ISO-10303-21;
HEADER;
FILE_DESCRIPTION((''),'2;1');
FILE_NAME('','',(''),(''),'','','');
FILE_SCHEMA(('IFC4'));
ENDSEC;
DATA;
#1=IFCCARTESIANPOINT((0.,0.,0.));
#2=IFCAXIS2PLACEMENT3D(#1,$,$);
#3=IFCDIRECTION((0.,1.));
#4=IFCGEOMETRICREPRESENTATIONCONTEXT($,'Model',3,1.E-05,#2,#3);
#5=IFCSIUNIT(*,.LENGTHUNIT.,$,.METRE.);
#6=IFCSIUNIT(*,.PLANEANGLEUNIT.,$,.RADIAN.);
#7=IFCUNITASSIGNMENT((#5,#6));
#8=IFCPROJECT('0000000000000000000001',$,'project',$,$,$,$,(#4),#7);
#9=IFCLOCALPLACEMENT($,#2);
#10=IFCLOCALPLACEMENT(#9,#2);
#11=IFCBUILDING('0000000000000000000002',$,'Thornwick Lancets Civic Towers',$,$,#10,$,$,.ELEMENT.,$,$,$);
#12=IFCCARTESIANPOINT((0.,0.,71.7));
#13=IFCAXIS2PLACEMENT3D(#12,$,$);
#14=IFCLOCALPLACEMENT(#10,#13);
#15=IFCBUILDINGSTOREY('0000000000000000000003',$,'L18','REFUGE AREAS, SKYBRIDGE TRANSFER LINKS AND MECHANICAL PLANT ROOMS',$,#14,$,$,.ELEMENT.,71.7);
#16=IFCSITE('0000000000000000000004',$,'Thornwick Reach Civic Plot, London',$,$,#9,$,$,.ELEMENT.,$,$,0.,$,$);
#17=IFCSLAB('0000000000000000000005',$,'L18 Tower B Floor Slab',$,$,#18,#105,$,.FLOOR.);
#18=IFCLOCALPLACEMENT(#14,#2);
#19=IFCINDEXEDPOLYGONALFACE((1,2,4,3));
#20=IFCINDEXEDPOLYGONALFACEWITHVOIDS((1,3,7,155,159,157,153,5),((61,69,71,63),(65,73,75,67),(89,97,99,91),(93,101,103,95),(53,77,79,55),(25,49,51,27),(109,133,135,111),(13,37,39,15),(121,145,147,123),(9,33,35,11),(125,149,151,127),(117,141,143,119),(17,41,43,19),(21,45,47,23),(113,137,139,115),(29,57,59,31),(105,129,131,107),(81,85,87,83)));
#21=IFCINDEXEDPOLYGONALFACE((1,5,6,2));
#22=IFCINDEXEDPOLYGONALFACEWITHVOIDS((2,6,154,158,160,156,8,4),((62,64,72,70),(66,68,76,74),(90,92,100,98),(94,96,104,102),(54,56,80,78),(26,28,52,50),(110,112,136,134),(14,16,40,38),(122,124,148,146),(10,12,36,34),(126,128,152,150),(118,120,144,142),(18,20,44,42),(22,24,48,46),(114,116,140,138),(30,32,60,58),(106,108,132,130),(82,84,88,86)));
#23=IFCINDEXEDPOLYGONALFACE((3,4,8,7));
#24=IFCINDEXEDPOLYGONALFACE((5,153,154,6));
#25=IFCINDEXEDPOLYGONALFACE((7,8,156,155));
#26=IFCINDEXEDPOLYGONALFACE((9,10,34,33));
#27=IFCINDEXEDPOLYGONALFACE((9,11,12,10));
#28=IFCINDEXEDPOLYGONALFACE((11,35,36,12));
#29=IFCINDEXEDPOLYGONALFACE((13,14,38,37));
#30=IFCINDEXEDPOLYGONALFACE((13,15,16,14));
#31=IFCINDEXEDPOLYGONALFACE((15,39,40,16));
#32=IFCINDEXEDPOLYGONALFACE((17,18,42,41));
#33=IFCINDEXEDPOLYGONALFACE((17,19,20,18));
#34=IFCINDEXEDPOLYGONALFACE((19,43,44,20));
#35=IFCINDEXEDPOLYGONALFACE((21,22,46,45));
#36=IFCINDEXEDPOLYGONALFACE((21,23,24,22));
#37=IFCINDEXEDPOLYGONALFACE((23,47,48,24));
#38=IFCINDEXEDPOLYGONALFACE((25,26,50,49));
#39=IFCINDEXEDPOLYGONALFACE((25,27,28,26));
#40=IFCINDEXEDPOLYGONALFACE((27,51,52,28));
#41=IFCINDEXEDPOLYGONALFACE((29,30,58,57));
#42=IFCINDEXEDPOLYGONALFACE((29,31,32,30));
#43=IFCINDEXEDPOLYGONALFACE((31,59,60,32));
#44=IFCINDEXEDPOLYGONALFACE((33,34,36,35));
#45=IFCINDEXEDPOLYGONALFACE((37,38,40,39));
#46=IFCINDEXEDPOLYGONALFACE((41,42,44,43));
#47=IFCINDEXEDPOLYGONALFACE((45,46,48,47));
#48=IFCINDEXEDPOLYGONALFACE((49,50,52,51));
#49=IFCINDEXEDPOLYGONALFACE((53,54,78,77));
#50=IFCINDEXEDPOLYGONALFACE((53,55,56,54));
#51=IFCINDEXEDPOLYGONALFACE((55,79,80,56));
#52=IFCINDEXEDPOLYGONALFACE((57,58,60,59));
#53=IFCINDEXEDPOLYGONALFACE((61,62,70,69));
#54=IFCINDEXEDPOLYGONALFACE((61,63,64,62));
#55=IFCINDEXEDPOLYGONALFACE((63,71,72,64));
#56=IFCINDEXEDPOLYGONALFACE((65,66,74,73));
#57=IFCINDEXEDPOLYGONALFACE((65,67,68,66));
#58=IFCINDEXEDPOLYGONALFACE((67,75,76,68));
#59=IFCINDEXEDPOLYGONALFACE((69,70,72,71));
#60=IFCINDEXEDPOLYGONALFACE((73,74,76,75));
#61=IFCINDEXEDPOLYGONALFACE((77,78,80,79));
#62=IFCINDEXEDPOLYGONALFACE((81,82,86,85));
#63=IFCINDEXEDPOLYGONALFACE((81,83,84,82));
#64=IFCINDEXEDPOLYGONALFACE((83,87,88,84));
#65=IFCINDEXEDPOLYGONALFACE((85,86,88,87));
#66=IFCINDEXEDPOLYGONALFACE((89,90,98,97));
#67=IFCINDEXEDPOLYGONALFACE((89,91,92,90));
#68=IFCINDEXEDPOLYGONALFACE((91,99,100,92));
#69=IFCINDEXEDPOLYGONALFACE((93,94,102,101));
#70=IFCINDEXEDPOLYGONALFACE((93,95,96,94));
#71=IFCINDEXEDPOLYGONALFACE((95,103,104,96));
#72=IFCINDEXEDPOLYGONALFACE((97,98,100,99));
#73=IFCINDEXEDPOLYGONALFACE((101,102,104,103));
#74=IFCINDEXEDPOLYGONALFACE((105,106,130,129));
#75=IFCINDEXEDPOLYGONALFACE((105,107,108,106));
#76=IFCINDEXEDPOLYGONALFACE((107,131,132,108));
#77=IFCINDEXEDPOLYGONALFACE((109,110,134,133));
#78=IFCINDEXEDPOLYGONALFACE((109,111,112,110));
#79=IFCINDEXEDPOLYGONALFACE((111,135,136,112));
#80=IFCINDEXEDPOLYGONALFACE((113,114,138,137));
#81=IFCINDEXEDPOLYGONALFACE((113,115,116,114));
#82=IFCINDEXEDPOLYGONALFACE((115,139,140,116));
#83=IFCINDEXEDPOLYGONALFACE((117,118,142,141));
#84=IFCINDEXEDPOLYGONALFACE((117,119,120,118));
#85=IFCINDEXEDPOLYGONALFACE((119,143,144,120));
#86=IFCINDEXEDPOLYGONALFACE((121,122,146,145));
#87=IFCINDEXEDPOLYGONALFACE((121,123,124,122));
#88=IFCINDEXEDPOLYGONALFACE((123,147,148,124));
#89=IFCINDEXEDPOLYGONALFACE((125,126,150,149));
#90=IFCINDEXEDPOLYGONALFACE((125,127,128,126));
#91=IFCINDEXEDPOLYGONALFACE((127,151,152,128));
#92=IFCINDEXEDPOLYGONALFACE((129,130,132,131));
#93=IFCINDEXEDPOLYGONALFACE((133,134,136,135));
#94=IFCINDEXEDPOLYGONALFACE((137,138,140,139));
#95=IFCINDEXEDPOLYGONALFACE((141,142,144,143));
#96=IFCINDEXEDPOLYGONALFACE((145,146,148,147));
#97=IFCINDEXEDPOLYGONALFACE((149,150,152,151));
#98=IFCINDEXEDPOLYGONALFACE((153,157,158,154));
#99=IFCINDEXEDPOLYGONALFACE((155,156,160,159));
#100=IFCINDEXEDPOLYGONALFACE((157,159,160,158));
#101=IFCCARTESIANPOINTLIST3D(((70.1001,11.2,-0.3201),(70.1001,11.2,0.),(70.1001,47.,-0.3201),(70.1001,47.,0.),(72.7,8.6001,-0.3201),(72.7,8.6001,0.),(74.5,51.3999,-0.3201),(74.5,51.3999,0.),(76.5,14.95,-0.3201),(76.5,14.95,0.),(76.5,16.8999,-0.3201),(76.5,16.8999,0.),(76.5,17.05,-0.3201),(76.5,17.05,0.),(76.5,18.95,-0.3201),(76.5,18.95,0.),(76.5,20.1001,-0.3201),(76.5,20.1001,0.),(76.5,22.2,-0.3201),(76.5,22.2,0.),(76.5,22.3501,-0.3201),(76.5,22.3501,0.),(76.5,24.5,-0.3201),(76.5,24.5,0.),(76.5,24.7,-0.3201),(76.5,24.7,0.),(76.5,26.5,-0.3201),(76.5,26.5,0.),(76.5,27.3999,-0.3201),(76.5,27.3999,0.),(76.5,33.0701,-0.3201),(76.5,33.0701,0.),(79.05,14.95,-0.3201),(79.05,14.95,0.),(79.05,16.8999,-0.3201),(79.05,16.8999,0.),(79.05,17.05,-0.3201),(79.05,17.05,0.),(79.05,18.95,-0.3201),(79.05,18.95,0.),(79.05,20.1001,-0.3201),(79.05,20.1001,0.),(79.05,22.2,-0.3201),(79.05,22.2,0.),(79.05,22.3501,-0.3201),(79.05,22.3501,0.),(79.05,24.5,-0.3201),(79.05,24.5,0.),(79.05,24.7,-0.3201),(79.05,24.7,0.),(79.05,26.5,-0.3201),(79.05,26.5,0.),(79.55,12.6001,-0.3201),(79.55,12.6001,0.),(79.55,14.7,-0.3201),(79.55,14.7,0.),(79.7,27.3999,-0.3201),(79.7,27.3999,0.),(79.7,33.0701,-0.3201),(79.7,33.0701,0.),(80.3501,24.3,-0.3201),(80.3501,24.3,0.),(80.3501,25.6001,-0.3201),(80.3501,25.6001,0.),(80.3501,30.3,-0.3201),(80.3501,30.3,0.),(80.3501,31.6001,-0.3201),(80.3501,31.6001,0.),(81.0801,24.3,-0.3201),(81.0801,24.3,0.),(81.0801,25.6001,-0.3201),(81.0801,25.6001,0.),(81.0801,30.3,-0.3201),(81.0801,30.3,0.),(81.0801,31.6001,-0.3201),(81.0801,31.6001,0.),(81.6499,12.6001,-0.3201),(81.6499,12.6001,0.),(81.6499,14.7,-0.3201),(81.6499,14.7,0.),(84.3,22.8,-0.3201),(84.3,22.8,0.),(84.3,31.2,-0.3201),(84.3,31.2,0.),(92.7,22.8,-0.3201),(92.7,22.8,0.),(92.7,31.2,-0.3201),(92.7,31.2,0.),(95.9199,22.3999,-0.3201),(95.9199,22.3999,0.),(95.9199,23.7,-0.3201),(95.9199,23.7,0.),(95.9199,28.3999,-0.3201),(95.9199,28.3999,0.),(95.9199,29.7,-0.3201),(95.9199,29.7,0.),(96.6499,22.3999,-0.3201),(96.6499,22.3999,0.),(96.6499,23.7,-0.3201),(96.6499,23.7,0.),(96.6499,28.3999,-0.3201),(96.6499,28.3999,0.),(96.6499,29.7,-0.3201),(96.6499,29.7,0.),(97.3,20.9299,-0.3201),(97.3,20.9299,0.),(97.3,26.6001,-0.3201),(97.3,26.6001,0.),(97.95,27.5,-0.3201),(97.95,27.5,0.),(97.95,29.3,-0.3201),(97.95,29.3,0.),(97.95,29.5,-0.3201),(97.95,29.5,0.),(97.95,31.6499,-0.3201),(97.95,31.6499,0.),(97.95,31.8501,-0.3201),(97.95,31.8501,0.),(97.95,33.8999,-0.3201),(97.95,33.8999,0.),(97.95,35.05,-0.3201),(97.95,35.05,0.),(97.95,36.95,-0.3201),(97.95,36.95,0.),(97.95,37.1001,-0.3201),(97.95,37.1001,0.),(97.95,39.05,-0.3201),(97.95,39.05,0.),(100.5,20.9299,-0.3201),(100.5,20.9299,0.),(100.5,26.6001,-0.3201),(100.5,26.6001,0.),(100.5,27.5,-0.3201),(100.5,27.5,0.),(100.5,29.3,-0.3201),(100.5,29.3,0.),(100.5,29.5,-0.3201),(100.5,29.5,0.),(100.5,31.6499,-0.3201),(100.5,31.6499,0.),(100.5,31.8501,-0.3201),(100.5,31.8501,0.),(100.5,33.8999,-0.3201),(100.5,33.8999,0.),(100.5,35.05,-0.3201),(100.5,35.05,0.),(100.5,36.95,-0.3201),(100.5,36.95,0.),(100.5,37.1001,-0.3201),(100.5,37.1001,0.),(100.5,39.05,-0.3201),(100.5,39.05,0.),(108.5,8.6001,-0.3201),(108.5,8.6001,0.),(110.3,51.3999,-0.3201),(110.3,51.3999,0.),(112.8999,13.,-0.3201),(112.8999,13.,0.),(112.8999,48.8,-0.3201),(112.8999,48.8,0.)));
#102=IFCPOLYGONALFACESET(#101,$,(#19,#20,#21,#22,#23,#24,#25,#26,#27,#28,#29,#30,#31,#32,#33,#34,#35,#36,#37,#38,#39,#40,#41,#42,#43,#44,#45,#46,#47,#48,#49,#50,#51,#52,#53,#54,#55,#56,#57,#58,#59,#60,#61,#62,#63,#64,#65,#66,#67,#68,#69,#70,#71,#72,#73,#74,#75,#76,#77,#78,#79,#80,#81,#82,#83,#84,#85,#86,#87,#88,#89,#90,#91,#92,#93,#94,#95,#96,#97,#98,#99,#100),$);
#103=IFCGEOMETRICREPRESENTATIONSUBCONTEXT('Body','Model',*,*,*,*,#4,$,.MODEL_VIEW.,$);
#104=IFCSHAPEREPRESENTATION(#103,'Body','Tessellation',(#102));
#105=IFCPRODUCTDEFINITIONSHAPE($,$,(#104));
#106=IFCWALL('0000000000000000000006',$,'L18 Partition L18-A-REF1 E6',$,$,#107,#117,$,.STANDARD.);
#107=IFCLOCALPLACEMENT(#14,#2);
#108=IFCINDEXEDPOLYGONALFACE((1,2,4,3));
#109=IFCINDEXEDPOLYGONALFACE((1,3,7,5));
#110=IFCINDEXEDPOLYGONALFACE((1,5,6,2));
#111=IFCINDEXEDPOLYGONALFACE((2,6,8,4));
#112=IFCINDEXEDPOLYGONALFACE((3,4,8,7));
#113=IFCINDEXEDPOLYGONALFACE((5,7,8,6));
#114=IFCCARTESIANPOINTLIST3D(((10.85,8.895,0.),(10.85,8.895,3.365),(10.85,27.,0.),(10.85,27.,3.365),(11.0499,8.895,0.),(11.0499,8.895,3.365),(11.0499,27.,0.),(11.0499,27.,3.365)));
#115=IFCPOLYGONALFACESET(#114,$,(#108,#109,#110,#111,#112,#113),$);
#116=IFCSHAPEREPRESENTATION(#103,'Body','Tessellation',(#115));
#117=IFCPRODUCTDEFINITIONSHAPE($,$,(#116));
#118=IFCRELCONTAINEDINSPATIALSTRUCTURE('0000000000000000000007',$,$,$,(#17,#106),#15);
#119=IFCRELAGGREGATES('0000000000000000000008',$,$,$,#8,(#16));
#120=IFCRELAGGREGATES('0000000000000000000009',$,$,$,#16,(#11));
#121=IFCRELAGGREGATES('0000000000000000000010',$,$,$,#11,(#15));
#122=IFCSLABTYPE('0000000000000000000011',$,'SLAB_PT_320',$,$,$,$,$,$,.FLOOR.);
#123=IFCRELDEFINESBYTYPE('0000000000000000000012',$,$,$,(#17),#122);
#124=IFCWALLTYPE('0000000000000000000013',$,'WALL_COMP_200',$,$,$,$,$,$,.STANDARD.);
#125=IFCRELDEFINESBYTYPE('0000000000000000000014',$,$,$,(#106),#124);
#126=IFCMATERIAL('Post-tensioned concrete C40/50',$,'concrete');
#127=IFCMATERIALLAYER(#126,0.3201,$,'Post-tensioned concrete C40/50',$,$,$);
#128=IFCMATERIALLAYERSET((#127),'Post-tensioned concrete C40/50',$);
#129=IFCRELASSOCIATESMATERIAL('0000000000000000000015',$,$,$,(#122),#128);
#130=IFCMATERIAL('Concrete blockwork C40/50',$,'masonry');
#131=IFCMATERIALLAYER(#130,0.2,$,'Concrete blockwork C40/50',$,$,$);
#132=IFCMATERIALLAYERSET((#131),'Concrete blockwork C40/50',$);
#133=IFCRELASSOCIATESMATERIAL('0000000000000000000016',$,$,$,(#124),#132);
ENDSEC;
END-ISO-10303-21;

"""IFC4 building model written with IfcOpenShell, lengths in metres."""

from ifc_helpers import new_model, si_unit, direction, frame, frame_2d, origin, place, context, subcontext, project, spatial, polyline, rectangle, outline, extrude, material, layer, layer_set, type_object, element, save


model = new_model("IFC4")

# Units and contexts
model_context = context("Model", 3, precision=1e-05, world=origin(), true_north=direction((0.0, 1.0)))
body_context = subcontext(model_context, "Body", "Model", "MODEL_VIEW")
ifc_project = project(units=[si_unit("LENGTHUNIT", "METRE"), si_unit("PLANEANGLEUNIT", "RADIAN")], contexts=[model_context])

# Site, building, storey
site_placement = place(None, origin())
site = spatial("IfcSite", under=ifc_project, at=site_placement, Name="Thornwick Reach Civic Plot, London", CompositionType="ELEMENT", RefElevation=0.0)
building_placement = place(site_placement, origin())
building = spatial("IfcBuilding", under=site, at=building_placement, Name="Thornwick Lancets Civic Towers", CompositionType="ELEMENT")
storey_placement = place(building_placement, frame((0.0, 0.0, 71.7)))
storey = spatial("IfcBuildingStorey", under=building, at=storey_placement, Name="L18", Description="REFUGE AREAS, SKYBRIDGE TRANSFER LINKS AND MECHANICAL PLANT ROOMS", CompositionType="ELEMENT", Elevation=71.7)

# Slab
ifc_material_1 = material(Name="Post-tensioned concrete C40/50", Category="concrete")
ifc_layer_1 = layer(ifc_material_1, 0.3201, Name="Post-tensioned concrete C40/50")
ifc_layer_set_1 = layer_set([ifc_layer_1], Name="Post-tensioned concrete C40/50")
slab_type_1 = type_object("IfcSlabType", Name="SLAB_PT_320", PredefinedType="FLOOR", material=ifc_layer_set_1)
slab_1_placement = place(storey_placement, frame((0.0, 0.0, -0.3201)))
element("IfcSlab", 1, at=slab_1_placement, inside=storey, type_object=slab_type_1, Name="L18 Tower B Floor Slab", PredefinedType="FLOOR", context=body_context, shape_type="SweptSolid", body=[
    extrude(outline(polyline([(72.7, 8.6001), (108.5, 8.6001), (112.8999, 13.0), (112.8999, 48.8), (110.3, 51.3999), (74.5, 51.3999), (70.1001, 47.0), (70.1001, 11.2), (72.7, 8.6001)]), holes=[polyline([(84.3, 22.8), (92.7, 22.8), (92.7, 31.2), (84.3, 31.2), (84.3, 22.8)]), polyline([(100.5, 20.9299), (100.5, 26.6001), (97.3, 26.6001), (97.3, 20.9299), (100.5, 20.9299)]), polyline([(76.5, 33.0701), (76.5, 27.3999), (79.7, 27.3999), (79.7, 33.0701), (76.5, 33.0701)]), polyline([(97.95, 27.5), (100.5, 27.5), (100.5, 29.3), (97.95, 29.3), (97.95, 27.5)]), polyline([(97.95, 29.5), (100.5, 29.5), (100.5, 31.6499), (97.95, 31.6499), (97.95, 29.5)]), polyline([(97.95, 31.8501), (100.5, 31.8501), (100.5, 33.8999), (97.95, 33.8999), (97.95, 31.8501)]), polyline([(97.95, 35.05), (100.5, 35.05), (100.5, 36.95), (97.95, 36.95), (97.95, 35.05)]), polyline([(97.95, 37.1001), (100.5, 37.1001), (100.5, 39.05), (97.95, 39.05), (97.95, 37.1001)]), polyline([(76.5, 24.7), (79.05, 24.7), (79.05, 26.5), (76.5, 26.5), (76.5, 24.7)]), polyline([(76.5, 22.3501), (79.05, 22.3501), (79.05, 24.5), (76.5, 24.5), (76.5, 22.3501)]), polyline([(76.5, 20.1001), (79.05, 20.1001), (79.05, 22.2), (76.5, 22.2), (76.5, 20.1001)]), polyline([(76.5, 17.05), (79.05, 17.05), (79.05, 18.95), (76.5, 18.95), (76.5, 17.05)]), polyline([(76.5, 14.95), (79.05, 14.95), (79.05, 16.8999), (76.5, 16.8999), (76.5, 14.95)]), polyline([(79.55, 12.6001), (81.6499, 12.6001), (81.6499, 14.7), (79.55, 14.7), (79.55, 12.6001)]), polyline([(95.9199, 28.3999), (96.6499, 28.3999), (96.6499, 29.7), (95.9199, 29.7), (95.9199, 28.3999)]), polyline([(95.9199, 22.3999), (96.6499, 22.3999), (96.6499, 23.7), (95.9199, 23.7), (95.9199, 22.3999)]), polyline([(80.3501, 24.3), (81.0801, 24.3), (81.0801, 25.6001), (80.3501, 25.6001), (80.3501, 24.3)]), polyline([(80.3501, 30.3), (81.0801, 30.3), (81.0801, 31.6001), (80.3501, 31.6001), (80.3501, 30.3)])]), origin(), (0.0, 0.0, 1.0), 0.3201),
])

# Wall
ifc_material_2 = material(Name="Concrete blockwork C40/50", Category="masonry")
ifc_layer_2 = layer(ifc_material_2, 0.2, Name="Concrete blockwork C40/50")
ifc_layer_set_2 = layer_set([ifc_layer_2], Name="Concrete blockwork C40/50")
wall_type_1 = type_object("IfcWallType", Name="WALL_COMP_200", PredefinedType="STANDARD", material=ifc_layer_set_2)
wall_1_placement = place(storey_placement, frame((10.95, 8.895, 0.0), z_axis=(0.0, 0.0, 1.0), x_axis=(0.0, 1.0, 0.0)))
element("IfcWall", 2, at=wall_1_placement, inside=storey, type_object=wall_type_1, Name="L18 Partition L18-A-REF1 E6", PredefinedType="STANDARD", context=body_context, shape_type="SweptSolid", body=[
    extrude(rectangle(XDim=18.105, YDim=0.2, at=frame_2d((9.0525, 0.0))), origin(), (0.0, 0.0, 1.0), 3.365),
])

save(model, "model.ifc")
